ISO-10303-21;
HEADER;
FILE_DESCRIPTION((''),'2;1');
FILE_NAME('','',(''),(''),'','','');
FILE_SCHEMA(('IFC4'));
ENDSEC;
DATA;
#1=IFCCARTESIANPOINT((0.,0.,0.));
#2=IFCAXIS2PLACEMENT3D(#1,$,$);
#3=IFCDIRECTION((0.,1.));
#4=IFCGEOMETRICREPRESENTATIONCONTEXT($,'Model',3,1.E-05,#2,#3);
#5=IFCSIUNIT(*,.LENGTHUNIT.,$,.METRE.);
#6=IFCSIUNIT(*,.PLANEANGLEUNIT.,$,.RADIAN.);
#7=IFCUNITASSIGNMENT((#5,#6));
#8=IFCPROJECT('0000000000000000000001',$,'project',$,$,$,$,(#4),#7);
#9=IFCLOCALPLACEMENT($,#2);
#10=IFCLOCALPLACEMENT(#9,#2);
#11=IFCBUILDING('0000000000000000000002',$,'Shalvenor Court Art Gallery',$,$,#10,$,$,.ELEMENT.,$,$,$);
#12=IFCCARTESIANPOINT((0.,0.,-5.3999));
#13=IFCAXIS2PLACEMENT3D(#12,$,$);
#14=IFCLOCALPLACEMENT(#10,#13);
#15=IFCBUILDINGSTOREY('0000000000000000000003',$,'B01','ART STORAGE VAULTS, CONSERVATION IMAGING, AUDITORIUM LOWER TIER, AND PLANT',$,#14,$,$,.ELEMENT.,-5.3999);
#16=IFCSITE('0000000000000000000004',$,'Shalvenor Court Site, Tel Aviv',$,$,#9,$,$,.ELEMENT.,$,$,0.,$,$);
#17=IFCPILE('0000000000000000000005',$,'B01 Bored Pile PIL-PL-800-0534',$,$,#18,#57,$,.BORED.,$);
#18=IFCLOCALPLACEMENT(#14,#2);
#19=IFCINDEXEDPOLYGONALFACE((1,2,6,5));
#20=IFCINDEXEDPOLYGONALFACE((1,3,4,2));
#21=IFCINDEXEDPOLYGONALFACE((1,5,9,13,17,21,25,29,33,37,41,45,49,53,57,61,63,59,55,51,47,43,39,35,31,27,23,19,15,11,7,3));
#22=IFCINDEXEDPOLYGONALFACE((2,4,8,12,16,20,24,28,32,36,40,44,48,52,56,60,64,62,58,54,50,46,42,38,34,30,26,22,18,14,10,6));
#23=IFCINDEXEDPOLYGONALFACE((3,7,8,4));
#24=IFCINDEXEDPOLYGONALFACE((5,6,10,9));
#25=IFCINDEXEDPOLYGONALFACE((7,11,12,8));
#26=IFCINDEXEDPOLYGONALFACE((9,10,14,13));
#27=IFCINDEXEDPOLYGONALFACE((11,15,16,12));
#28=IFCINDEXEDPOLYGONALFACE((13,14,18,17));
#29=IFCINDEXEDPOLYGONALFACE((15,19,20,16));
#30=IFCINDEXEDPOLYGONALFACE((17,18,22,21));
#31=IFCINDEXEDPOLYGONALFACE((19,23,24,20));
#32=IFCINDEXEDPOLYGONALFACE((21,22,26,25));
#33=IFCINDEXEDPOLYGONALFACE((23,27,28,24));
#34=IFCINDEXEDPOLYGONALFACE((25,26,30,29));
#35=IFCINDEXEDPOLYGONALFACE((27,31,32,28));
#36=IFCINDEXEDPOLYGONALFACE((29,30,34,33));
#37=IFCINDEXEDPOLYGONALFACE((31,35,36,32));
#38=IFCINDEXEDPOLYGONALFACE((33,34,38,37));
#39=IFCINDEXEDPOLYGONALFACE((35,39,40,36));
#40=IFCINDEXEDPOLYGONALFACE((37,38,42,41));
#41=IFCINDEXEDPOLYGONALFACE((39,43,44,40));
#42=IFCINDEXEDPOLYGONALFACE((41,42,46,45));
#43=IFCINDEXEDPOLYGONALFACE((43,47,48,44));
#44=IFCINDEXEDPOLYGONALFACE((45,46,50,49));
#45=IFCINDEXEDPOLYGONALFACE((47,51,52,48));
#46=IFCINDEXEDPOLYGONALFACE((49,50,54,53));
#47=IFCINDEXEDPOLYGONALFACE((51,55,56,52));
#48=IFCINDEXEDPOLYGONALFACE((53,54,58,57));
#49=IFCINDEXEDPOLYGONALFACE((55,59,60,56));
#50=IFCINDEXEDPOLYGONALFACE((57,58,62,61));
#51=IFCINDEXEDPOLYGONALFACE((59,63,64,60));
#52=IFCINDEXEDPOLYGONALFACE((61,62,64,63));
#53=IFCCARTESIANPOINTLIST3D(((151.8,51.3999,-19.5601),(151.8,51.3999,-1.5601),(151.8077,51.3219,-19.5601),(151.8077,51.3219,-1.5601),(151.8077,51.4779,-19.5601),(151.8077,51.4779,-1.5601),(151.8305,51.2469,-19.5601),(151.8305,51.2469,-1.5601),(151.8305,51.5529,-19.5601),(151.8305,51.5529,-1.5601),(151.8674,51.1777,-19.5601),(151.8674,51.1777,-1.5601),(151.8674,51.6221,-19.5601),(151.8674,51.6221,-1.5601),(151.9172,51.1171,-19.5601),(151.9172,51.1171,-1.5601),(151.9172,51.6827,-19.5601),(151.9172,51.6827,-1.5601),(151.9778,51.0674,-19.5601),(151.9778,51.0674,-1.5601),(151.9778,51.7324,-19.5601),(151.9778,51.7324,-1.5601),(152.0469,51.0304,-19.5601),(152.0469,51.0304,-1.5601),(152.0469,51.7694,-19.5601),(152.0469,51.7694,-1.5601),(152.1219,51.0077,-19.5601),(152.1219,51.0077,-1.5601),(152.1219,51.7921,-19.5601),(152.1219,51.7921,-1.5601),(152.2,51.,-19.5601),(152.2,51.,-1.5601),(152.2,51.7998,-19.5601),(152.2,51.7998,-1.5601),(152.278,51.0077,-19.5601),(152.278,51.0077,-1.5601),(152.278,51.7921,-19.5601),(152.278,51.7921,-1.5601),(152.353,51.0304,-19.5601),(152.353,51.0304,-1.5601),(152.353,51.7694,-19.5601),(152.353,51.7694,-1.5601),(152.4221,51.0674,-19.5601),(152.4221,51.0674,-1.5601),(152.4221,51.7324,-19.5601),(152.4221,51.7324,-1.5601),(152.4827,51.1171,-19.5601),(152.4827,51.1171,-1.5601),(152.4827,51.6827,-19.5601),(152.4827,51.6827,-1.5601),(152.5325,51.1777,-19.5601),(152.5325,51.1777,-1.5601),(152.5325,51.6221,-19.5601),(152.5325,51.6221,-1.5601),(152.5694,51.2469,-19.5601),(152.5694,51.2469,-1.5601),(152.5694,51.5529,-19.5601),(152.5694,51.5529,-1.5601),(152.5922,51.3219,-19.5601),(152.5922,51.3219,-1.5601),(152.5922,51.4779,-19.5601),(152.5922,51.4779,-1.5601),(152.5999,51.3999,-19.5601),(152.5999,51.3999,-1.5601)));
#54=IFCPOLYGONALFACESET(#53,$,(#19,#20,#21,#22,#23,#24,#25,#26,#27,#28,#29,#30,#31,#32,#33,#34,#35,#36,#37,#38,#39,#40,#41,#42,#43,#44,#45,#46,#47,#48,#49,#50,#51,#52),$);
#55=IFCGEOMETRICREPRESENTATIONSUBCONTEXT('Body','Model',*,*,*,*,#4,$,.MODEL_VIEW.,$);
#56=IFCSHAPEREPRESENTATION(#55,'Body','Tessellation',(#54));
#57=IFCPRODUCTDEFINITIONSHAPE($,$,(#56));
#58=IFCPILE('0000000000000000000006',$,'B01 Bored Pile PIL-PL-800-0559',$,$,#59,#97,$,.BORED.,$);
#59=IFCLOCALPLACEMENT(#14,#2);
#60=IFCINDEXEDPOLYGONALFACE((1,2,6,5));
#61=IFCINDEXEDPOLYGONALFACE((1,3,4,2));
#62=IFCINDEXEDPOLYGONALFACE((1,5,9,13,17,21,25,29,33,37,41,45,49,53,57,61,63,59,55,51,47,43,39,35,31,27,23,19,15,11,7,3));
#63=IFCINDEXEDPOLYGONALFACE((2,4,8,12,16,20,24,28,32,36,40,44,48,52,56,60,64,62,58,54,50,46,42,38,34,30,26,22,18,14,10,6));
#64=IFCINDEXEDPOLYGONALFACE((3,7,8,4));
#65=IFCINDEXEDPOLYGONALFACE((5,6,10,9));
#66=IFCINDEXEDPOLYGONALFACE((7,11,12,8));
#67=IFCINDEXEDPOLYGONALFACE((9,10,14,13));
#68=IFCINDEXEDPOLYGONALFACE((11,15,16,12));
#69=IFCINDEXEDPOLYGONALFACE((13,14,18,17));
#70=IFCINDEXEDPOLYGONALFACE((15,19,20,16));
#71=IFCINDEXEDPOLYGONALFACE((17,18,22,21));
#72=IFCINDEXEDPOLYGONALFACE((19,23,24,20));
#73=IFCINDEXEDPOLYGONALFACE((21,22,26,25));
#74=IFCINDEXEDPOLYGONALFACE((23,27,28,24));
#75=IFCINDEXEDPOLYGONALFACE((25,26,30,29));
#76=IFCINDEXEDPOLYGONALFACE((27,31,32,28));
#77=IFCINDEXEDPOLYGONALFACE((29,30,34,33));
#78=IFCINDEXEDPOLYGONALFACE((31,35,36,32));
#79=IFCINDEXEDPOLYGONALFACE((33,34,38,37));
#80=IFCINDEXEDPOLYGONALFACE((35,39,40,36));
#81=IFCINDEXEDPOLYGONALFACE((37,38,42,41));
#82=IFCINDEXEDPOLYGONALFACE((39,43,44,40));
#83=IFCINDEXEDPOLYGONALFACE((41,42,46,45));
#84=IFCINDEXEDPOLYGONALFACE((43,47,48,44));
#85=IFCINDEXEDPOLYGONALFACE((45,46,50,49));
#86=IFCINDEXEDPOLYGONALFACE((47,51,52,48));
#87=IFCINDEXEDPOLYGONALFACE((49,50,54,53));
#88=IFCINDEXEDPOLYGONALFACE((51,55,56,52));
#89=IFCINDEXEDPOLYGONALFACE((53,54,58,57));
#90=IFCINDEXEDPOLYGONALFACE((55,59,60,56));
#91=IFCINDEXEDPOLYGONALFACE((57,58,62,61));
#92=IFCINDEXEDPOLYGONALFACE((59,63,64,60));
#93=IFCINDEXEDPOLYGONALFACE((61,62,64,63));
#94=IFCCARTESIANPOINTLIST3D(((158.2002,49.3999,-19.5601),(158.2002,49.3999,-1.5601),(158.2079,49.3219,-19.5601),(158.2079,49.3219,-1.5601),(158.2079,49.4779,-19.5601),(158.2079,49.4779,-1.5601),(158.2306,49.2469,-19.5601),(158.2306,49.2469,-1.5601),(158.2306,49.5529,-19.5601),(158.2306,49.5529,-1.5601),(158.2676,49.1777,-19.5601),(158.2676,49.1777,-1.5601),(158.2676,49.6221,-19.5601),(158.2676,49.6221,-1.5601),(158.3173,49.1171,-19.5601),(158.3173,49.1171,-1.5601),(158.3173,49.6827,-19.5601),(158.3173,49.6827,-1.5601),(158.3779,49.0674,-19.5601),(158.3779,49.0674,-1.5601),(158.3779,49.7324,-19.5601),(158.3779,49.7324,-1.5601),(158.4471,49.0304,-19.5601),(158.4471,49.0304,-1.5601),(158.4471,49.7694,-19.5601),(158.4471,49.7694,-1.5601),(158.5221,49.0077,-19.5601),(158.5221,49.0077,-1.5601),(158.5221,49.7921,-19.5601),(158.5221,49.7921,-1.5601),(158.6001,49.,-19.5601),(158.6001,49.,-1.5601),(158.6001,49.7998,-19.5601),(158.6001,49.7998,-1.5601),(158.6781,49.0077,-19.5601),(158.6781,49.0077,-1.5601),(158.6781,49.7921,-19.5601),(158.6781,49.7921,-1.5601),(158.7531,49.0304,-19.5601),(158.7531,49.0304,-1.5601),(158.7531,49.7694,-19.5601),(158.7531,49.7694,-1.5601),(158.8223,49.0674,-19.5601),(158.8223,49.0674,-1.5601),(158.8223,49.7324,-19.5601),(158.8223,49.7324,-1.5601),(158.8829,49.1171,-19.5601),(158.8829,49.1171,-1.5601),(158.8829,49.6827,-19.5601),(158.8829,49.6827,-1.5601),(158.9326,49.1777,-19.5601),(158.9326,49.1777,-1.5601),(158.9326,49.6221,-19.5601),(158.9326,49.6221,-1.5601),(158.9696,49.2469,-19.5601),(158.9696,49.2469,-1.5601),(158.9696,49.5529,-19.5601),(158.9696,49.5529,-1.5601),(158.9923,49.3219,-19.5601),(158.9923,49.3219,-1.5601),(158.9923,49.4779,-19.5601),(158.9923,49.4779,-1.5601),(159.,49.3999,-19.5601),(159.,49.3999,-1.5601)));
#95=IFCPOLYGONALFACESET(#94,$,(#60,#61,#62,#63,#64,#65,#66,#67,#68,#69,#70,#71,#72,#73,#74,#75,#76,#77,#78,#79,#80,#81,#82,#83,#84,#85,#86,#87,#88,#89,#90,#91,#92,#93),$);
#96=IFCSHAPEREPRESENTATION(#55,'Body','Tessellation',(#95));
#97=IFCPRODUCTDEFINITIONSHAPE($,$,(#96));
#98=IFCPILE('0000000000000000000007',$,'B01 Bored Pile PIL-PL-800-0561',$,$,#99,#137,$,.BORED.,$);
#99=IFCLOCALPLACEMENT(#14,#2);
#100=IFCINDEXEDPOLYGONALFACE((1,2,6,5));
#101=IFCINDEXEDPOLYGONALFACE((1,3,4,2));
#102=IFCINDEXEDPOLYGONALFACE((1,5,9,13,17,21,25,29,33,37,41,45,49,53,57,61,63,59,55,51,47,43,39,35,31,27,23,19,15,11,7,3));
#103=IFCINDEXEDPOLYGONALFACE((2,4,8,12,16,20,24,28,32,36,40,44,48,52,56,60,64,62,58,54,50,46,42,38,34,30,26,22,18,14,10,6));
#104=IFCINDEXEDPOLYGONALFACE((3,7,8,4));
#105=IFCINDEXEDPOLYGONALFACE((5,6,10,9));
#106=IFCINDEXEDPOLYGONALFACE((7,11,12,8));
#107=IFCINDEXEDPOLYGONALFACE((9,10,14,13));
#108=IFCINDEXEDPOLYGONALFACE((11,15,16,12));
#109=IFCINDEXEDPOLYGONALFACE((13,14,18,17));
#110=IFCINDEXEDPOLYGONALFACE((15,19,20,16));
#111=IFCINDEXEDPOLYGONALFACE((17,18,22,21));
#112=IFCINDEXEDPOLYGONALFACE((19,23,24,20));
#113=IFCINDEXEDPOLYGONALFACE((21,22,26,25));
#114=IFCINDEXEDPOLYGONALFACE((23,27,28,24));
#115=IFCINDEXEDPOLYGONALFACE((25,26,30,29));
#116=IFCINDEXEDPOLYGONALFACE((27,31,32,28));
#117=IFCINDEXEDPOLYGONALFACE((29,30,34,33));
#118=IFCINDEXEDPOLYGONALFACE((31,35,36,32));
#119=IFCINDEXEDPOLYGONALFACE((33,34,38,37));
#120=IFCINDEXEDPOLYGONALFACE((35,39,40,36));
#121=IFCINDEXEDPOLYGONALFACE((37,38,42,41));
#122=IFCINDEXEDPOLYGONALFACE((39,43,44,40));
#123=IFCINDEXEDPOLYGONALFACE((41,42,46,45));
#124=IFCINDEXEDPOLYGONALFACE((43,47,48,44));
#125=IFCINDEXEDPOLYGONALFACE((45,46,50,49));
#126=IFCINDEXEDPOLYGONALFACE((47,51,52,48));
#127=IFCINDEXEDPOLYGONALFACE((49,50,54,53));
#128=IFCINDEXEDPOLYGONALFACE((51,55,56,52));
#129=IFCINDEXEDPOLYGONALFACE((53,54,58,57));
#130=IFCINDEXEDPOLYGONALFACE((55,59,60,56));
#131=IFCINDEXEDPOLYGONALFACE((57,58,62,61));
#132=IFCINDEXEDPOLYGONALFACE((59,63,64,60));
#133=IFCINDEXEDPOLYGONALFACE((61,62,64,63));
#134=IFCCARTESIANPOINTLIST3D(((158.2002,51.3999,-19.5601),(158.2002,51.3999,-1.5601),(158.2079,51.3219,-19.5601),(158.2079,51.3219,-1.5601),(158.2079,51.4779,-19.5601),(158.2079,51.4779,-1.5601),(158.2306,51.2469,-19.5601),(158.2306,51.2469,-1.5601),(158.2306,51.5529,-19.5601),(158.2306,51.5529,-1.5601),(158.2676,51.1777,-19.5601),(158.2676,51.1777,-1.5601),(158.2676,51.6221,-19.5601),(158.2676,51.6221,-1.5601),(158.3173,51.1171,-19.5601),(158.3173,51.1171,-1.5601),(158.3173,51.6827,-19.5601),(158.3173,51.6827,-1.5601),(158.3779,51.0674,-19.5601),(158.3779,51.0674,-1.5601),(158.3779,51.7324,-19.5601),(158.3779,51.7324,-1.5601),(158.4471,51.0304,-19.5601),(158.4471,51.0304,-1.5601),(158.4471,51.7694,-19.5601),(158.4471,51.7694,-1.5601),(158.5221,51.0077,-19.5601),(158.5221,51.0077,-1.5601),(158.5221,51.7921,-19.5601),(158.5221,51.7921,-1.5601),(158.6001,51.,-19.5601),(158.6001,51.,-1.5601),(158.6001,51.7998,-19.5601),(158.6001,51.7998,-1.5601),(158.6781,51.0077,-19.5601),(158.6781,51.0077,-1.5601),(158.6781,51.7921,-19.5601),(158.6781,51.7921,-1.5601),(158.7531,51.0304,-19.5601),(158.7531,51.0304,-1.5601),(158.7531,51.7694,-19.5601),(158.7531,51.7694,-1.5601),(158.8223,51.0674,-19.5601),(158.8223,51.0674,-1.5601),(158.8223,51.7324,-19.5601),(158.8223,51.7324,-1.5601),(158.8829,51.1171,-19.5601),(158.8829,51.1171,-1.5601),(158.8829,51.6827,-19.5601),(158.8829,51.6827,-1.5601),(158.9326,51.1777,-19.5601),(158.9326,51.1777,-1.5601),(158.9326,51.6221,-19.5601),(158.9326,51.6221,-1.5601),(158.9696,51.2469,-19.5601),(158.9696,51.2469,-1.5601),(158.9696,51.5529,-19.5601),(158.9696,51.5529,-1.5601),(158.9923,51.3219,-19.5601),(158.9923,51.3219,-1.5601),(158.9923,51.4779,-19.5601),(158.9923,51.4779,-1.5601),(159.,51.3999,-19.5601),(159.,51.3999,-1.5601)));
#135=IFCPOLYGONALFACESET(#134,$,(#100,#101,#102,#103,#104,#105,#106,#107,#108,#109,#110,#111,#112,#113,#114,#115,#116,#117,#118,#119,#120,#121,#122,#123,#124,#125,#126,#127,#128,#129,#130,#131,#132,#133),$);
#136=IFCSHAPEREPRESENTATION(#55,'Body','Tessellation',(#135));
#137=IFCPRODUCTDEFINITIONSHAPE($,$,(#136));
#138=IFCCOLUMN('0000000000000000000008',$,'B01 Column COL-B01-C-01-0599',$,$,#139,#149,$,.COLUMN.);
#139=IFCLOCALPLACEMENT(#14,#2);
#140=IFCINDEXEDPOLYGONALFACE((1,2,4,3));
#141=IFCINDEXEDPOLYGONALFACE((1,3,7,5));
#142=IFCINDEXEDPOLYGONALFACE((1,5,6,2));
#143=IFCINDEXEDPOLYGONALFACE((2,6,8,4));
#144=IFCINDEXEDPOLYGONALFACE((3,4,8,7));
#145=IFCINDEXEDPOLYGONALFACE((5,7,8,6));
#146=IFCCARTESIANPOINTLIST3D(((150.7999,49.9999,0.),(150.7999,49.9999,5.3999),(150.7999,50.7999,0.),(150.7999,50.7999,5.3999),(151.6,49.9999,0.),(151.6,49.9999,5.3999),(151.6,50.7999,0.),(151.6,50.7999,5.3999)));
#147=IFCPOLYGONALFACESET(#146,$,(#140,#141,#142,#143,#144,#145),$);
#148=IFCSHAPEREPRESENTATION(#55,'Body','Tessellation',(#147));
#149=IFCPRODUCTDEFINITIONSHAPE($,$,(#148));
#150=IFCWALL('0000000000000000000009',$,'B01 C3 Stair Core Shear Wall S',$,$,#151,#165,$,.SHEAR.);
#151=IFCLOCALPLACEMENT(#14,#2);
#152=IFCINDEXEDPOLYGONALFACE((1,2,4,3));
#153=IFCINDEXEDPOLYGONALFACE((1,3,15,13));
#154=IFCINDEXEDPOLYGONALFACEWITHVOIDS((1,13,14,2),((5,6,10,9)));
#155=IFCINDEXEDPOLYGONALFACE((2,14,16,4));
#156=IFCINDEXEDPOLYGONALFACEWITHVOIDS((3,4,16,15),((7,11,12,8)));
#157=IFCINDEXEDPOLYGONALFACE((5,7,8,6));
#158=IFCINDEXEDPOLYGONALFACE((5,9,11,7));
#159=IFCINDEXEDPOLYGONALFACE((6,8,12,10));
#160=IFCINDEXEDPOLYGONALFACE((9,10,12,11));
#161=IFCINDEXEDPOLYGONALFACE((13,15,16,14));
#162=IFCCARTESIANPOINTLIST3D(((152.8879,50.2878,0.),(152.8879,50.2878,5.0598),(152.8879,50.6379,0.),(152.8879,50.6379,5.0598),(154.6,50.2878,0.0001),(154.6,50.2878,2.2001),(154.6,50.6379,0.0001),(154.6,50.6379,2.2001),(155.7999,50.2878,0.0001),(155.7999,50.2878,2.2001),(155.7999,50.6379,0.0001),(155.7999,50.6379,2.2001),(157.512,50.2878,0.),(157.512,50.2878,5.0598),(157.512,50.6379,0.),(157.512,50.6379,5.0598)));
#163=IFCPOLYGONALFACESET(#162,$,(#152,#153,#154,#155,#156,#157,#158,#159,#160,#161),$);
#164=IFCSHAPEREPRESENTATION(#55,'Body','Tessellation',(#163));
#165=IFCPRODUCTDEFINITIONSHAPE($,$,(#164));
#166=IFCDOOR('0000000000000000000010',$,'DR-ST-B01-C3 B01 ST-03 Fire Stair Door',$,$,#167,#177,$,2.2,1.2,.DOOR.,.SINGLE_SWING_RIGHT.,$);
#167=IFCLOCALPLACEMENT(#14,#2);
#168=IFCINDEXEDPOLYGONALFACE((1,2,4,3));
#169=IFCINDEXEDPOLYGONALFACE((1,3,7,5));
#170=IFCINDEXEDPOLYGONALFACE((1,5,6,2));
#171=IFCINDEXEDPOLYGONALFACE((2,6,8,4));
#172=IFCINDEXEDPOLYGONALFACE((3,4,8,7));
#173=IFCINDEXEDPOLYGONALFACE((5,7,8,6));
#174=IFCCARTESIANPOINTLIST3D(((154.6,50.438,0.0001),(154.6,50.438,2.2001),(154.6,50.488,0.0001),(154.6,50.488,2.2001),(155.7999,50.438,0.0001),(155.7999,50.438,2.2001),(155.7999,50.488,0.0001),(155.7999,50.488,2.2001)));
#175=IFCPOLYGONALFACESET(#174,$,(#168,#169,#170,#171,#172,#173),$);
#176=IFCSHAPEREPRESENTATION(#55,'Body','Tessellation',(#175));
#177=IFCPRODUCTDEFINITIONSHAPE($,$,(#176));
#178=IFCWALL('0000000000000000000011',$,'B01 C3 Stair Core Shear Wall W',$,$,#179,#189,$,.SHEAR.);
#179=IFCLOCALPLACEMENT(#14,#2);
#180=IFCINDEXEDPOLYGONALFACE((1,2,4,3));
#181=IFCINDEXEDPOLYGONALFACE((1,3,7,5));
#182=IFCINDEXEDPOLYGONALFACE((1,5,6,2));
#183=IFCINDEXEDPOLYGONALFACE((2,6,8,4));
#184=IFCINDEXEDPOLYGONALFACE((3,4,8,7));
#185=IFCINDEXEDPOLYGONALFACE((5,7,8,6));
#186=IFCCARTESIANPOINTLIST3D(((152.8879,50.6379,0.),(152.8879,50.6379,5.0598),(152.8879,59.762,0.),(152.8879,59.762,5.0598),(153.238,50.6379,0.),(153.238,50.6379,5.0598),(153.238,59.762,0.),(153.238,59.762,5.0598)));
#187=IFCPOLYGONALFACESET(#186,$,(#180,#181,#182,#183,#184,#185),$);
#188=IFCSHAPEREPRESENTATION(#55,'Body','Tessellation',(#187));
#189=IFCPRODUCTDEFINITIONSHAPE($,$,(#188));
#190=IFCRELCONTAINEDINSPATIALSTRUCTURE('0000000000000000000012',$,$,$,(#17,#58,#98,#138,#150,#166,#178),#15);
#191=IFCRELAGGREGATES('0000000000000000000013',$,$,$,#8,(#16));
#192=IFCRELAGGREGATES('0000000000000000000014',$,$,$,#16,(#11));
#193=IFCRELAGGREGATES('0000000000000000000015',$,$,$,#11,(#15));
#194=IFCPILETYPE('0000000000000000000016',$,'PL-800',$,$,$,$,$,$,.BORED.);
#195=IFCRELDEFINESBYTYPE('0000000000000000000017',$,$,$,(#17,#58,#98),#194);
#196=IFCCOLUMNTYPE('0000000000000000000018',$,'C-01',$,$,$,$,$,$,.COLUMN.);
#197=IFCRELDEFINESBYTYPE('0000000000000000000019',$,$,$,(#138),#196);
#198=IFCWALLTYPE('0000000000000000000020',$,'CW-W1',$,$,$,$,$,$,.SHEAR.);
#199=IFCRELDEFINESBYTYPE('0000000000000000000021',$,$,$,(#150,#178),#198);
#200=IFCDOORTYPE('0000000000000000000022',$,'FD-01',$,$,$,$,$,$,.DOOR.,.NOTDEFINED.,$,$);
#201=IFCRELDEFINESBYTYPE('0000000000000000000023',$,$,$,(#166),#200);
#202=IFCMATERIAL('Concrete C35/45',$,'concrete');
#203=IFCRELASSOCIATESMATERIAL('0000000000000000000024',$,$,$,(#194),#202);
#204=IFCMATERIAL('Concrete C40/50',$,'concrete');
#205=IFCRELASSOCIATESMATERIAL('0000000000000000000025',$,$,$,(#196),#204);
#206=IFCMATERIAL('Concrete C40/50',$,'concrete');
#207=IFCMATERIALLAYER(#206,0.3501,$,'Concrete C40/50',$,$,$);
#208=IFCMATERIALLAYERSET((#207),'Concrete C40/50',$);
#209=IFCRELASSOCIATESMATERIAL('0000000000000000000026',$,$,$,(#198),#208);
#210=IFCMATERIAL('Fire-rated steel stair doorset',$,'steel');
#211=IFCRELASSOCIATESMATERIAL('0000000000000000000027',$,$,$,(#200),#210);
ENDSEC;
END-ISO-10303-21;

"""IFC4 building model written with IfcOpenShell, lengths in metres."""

from ifc_helpers import new_model, si_unit, direction, frame, frame_2d, origin, origin_2d, place, context, subcontext, project, spatial, rectangle, circle, extrude, material, layer, layer_set, material_profile, profile_set, type_object, element, fill, save


model = new_model("IFC4")

# Units and contexts
model_context = context("Model", 3, precision=1e-05, world=origin(), true_north=direction((0.0, 1.0)))
body_context = subcontext(model_context, "Body", "Model", "MODEL_VIEW")
ifc_project = project(units=[si_unit("LENGTHUNIT", "METRE"), si_unit("PLANEANGLEUNIT", "RADIAN")], contexts=[model_context])

# Site, building, storey
site_placement = place(None, origin())
site = spatial("IfcSite", under=ifc_project, at=site_placement, Name="Shalvenor Court Site, Tel Aviv", CompositionType="ELEMENT", RefElevation=0.0)
building_placement = place(site_placement, origin())
building = spatial("IfcBuilding", under=site, at=building_placement, Name="Shalvenor Court Art Gallery", CompositionType="ELEMENT")
storey_placement = place(building_placement, frame((0.0, 0.0, -5.3999)))
storey = spatial("IfcBuildingStorey", under=building, at=storey_placement, Name="B01", Description="ART STORAGE VAULTS, CONSERVATION IMAGING, AUDITORIUM LOWER TIER, AND PLANT", CompositionType="ELEMENT", Elevation=-5.3999)

# Piles
ifc_material_1 = material(Name="Concrete C35/45", Category="concrete")
ifc_material_profile_1 = material_profile(ifc_material_1, circle(Radius=0.3999, at=origin_2d()), Name="PILE 800")
ifc_profile_set_1 = profile_set([ifc_material_profile_1], Name="Concrete C35/45")
pile_type_1 = type_object("IfcPileType", Name="PL-800", PredefinedType="BORED", material=ifc_profile_set_1)
for number, where, z_axis, x_axis, name in (
    (1, (152.2, 51.3999, -1.5601), (0.0, 0.0, -1.0), (1.0, 0.0, 0.0), "B01 Bored Pile PIL-PL-800-0534"),
    (2, (158.6001, 49.3999, -1.5601), (0.0, 0.0, -1.0), (1.0, 0.0, 0.0), "B01 Bored Pile PIL-PL-800-0559"),
    (3, (158.6001, 51.3999, -1.5601), (0.0, 0.0, -1.0), (1.0, 0.0, 0.0), "B01 Bored Pile PIL-PL-800-0561"),
):
    element("IfcPile", number, at=place(storey_placement, frame(where, z_axis=z_axis, x_axis=x_axis)), inside=storey, type_object=pile_type_1, Name=name, PredefinedType="BORED", context=body_context, shape_type="SweptSolid", body=[
        extrude(circle(Radius=0.3999, at=origin_2d()), origin(), (0.0, 0.0, 1.0), 18.0),
    ])

# Column
ifc_material_2 = material(Name="Concrete C40/50", Category="concrete")
ifc_material_profile_2 = material_profile(ifc_material_2, rectangle(XDim=0.8, YDim=0.8, at=origin_2d()), Name="RC 800x800")
ifc_profile_set_2 = profile_set([ifc_material_profile_2], Name="Concrete C40/50")
column_type = type_object("IfcColumnType", Name="C-01", PredefinedType="COLUMN", material=ifc_profile_set_2)
column_placement = place(storey_placement, frame((151.2, 50.3999, 0.0), z_axis=(0.0, 0.0, 1.0), x_axis=(1.0, 0.0, 0.0)))
element("IfcColumn", 4, at=column_placement, inside=storey, type_object=column_type, Name="B01 Column COL-B01-C-01-0599", PredefinedType="COLUMN", context=body_context, shape_type="SweptSolid", body=[
    extrude(rectangle(XDim=0.8, YDim=0.8, at=origin_2d()), origin(), (0.0, 0.0, 1.0), 5.3999),
])

# Wall, opening, door
ifc_material_3 = material(Name="Concrete C40/50", Category="concrete")
ifc_layer = layer(ifc_material_3, 0.3501, Name="Concrete C40/50")
ifc_layer_set = layer_set([ifc_layer], Name="Concrete C40/50")
wall_type = type_object("IfcWallType", Name="CW-W1", PredefinedType="SHEAR", material=ifc_layer_set)
wall_1_placement = place(storey_placement, frame((157.512, 50.4629, 0.0), z_axis=(0.0, 0.0, 1.0), x_axis=(-1.0, 0.0, 0.0)))
wall_1 = element("IfcWall", 5, at=wall_1_placement, inside=storey, type_object=wall_type, Name="B01 C3 Stair Core Shear Wall S", PredefinedType="SHEAR", context=body_context, shape_type="SweptSolid", body=[
    extrude(rectangle(XDim=4.624, YDim=0.3501, at=frame_2d((2.312, 0.0))), origin(), (0.0, 0.0, 1.0), 5.0598),
])
opening_placement = place(wall_1_placement, frame((1.7119, 0.0, 0.0)))
opening = element("IfcOpeningElement", 6, at=opening_placement, cuts=wall_1, PredefinedType="OPENING", context=body_context, shape_type="SweptSolid", body=[
    extrude(rectangle(XDim=1.2, YDim=2.2, at=frame_2d((0.6001, 1.1001))), frame((0.0, 0.1851, 0.0), z_axis=(0.0, -1.0, 0.0), x_axis=(1.0, 0.0, 0.0)), (0.0, 0.0, 1.0), 0.3701),
])
ifc_material_4 = material(Name="Fire-rated steel stair doorset", Category="steel")
door_type = type_object("IfcDoorType", Name="FD-01", OperationType="NOTDEFINED", PredefinedType="DOOR", material=ifc_material_4)
door_placement = place(opening_placement, origin())
door = element("IfcDoor", 7, at=door_placement, inside=storey, type_object=door_type, Name="DR-ST-B01-C3 B01 ST-03 Fire Stair Door", OperationType="SINGLE_SWING_RIGHT", OverallHeight=2.2, OverallWidth=1.2, PredefinedType="DOOR", context=body_context, shape_type="SweptSolid", body=[
    extrude(rectangle(XDim=1.2, YDim=2.2, at=frame_2d((0.6001, 1.1001))), frame((0.0, 0.0249, 0.0), z_axis=(0.0, -1.0, 0.0), x_axis=(1.0, 0.0, 0.0)), (0.0, 0.0, 1.0), 0.05),
])
fill(opening, door)

# Wall
wall_2_placement = place(storey_placement, frame((153.063, 50.6379, 0.0), z_axis=(0.0, 0.0, 1.0), x_axis=(0.0, 1.0, 0.0)))
element("IfcWall", 8, at=wall_2_placement, inside=storey, type_object=wall_type, Name="B01 C3 Stair Core Shear Wall W", PredefinedType="SHEAR", context=body_context, shape_type="SweptSolid", body=[
    extrude(rectangle(XDim=9.124, YDim=0.3501, at=frame_2d((4.562, 0.0))), origin(), (0.0, 0.0, 1.0), 5.0598),
])

save(model, "model.ifc")
